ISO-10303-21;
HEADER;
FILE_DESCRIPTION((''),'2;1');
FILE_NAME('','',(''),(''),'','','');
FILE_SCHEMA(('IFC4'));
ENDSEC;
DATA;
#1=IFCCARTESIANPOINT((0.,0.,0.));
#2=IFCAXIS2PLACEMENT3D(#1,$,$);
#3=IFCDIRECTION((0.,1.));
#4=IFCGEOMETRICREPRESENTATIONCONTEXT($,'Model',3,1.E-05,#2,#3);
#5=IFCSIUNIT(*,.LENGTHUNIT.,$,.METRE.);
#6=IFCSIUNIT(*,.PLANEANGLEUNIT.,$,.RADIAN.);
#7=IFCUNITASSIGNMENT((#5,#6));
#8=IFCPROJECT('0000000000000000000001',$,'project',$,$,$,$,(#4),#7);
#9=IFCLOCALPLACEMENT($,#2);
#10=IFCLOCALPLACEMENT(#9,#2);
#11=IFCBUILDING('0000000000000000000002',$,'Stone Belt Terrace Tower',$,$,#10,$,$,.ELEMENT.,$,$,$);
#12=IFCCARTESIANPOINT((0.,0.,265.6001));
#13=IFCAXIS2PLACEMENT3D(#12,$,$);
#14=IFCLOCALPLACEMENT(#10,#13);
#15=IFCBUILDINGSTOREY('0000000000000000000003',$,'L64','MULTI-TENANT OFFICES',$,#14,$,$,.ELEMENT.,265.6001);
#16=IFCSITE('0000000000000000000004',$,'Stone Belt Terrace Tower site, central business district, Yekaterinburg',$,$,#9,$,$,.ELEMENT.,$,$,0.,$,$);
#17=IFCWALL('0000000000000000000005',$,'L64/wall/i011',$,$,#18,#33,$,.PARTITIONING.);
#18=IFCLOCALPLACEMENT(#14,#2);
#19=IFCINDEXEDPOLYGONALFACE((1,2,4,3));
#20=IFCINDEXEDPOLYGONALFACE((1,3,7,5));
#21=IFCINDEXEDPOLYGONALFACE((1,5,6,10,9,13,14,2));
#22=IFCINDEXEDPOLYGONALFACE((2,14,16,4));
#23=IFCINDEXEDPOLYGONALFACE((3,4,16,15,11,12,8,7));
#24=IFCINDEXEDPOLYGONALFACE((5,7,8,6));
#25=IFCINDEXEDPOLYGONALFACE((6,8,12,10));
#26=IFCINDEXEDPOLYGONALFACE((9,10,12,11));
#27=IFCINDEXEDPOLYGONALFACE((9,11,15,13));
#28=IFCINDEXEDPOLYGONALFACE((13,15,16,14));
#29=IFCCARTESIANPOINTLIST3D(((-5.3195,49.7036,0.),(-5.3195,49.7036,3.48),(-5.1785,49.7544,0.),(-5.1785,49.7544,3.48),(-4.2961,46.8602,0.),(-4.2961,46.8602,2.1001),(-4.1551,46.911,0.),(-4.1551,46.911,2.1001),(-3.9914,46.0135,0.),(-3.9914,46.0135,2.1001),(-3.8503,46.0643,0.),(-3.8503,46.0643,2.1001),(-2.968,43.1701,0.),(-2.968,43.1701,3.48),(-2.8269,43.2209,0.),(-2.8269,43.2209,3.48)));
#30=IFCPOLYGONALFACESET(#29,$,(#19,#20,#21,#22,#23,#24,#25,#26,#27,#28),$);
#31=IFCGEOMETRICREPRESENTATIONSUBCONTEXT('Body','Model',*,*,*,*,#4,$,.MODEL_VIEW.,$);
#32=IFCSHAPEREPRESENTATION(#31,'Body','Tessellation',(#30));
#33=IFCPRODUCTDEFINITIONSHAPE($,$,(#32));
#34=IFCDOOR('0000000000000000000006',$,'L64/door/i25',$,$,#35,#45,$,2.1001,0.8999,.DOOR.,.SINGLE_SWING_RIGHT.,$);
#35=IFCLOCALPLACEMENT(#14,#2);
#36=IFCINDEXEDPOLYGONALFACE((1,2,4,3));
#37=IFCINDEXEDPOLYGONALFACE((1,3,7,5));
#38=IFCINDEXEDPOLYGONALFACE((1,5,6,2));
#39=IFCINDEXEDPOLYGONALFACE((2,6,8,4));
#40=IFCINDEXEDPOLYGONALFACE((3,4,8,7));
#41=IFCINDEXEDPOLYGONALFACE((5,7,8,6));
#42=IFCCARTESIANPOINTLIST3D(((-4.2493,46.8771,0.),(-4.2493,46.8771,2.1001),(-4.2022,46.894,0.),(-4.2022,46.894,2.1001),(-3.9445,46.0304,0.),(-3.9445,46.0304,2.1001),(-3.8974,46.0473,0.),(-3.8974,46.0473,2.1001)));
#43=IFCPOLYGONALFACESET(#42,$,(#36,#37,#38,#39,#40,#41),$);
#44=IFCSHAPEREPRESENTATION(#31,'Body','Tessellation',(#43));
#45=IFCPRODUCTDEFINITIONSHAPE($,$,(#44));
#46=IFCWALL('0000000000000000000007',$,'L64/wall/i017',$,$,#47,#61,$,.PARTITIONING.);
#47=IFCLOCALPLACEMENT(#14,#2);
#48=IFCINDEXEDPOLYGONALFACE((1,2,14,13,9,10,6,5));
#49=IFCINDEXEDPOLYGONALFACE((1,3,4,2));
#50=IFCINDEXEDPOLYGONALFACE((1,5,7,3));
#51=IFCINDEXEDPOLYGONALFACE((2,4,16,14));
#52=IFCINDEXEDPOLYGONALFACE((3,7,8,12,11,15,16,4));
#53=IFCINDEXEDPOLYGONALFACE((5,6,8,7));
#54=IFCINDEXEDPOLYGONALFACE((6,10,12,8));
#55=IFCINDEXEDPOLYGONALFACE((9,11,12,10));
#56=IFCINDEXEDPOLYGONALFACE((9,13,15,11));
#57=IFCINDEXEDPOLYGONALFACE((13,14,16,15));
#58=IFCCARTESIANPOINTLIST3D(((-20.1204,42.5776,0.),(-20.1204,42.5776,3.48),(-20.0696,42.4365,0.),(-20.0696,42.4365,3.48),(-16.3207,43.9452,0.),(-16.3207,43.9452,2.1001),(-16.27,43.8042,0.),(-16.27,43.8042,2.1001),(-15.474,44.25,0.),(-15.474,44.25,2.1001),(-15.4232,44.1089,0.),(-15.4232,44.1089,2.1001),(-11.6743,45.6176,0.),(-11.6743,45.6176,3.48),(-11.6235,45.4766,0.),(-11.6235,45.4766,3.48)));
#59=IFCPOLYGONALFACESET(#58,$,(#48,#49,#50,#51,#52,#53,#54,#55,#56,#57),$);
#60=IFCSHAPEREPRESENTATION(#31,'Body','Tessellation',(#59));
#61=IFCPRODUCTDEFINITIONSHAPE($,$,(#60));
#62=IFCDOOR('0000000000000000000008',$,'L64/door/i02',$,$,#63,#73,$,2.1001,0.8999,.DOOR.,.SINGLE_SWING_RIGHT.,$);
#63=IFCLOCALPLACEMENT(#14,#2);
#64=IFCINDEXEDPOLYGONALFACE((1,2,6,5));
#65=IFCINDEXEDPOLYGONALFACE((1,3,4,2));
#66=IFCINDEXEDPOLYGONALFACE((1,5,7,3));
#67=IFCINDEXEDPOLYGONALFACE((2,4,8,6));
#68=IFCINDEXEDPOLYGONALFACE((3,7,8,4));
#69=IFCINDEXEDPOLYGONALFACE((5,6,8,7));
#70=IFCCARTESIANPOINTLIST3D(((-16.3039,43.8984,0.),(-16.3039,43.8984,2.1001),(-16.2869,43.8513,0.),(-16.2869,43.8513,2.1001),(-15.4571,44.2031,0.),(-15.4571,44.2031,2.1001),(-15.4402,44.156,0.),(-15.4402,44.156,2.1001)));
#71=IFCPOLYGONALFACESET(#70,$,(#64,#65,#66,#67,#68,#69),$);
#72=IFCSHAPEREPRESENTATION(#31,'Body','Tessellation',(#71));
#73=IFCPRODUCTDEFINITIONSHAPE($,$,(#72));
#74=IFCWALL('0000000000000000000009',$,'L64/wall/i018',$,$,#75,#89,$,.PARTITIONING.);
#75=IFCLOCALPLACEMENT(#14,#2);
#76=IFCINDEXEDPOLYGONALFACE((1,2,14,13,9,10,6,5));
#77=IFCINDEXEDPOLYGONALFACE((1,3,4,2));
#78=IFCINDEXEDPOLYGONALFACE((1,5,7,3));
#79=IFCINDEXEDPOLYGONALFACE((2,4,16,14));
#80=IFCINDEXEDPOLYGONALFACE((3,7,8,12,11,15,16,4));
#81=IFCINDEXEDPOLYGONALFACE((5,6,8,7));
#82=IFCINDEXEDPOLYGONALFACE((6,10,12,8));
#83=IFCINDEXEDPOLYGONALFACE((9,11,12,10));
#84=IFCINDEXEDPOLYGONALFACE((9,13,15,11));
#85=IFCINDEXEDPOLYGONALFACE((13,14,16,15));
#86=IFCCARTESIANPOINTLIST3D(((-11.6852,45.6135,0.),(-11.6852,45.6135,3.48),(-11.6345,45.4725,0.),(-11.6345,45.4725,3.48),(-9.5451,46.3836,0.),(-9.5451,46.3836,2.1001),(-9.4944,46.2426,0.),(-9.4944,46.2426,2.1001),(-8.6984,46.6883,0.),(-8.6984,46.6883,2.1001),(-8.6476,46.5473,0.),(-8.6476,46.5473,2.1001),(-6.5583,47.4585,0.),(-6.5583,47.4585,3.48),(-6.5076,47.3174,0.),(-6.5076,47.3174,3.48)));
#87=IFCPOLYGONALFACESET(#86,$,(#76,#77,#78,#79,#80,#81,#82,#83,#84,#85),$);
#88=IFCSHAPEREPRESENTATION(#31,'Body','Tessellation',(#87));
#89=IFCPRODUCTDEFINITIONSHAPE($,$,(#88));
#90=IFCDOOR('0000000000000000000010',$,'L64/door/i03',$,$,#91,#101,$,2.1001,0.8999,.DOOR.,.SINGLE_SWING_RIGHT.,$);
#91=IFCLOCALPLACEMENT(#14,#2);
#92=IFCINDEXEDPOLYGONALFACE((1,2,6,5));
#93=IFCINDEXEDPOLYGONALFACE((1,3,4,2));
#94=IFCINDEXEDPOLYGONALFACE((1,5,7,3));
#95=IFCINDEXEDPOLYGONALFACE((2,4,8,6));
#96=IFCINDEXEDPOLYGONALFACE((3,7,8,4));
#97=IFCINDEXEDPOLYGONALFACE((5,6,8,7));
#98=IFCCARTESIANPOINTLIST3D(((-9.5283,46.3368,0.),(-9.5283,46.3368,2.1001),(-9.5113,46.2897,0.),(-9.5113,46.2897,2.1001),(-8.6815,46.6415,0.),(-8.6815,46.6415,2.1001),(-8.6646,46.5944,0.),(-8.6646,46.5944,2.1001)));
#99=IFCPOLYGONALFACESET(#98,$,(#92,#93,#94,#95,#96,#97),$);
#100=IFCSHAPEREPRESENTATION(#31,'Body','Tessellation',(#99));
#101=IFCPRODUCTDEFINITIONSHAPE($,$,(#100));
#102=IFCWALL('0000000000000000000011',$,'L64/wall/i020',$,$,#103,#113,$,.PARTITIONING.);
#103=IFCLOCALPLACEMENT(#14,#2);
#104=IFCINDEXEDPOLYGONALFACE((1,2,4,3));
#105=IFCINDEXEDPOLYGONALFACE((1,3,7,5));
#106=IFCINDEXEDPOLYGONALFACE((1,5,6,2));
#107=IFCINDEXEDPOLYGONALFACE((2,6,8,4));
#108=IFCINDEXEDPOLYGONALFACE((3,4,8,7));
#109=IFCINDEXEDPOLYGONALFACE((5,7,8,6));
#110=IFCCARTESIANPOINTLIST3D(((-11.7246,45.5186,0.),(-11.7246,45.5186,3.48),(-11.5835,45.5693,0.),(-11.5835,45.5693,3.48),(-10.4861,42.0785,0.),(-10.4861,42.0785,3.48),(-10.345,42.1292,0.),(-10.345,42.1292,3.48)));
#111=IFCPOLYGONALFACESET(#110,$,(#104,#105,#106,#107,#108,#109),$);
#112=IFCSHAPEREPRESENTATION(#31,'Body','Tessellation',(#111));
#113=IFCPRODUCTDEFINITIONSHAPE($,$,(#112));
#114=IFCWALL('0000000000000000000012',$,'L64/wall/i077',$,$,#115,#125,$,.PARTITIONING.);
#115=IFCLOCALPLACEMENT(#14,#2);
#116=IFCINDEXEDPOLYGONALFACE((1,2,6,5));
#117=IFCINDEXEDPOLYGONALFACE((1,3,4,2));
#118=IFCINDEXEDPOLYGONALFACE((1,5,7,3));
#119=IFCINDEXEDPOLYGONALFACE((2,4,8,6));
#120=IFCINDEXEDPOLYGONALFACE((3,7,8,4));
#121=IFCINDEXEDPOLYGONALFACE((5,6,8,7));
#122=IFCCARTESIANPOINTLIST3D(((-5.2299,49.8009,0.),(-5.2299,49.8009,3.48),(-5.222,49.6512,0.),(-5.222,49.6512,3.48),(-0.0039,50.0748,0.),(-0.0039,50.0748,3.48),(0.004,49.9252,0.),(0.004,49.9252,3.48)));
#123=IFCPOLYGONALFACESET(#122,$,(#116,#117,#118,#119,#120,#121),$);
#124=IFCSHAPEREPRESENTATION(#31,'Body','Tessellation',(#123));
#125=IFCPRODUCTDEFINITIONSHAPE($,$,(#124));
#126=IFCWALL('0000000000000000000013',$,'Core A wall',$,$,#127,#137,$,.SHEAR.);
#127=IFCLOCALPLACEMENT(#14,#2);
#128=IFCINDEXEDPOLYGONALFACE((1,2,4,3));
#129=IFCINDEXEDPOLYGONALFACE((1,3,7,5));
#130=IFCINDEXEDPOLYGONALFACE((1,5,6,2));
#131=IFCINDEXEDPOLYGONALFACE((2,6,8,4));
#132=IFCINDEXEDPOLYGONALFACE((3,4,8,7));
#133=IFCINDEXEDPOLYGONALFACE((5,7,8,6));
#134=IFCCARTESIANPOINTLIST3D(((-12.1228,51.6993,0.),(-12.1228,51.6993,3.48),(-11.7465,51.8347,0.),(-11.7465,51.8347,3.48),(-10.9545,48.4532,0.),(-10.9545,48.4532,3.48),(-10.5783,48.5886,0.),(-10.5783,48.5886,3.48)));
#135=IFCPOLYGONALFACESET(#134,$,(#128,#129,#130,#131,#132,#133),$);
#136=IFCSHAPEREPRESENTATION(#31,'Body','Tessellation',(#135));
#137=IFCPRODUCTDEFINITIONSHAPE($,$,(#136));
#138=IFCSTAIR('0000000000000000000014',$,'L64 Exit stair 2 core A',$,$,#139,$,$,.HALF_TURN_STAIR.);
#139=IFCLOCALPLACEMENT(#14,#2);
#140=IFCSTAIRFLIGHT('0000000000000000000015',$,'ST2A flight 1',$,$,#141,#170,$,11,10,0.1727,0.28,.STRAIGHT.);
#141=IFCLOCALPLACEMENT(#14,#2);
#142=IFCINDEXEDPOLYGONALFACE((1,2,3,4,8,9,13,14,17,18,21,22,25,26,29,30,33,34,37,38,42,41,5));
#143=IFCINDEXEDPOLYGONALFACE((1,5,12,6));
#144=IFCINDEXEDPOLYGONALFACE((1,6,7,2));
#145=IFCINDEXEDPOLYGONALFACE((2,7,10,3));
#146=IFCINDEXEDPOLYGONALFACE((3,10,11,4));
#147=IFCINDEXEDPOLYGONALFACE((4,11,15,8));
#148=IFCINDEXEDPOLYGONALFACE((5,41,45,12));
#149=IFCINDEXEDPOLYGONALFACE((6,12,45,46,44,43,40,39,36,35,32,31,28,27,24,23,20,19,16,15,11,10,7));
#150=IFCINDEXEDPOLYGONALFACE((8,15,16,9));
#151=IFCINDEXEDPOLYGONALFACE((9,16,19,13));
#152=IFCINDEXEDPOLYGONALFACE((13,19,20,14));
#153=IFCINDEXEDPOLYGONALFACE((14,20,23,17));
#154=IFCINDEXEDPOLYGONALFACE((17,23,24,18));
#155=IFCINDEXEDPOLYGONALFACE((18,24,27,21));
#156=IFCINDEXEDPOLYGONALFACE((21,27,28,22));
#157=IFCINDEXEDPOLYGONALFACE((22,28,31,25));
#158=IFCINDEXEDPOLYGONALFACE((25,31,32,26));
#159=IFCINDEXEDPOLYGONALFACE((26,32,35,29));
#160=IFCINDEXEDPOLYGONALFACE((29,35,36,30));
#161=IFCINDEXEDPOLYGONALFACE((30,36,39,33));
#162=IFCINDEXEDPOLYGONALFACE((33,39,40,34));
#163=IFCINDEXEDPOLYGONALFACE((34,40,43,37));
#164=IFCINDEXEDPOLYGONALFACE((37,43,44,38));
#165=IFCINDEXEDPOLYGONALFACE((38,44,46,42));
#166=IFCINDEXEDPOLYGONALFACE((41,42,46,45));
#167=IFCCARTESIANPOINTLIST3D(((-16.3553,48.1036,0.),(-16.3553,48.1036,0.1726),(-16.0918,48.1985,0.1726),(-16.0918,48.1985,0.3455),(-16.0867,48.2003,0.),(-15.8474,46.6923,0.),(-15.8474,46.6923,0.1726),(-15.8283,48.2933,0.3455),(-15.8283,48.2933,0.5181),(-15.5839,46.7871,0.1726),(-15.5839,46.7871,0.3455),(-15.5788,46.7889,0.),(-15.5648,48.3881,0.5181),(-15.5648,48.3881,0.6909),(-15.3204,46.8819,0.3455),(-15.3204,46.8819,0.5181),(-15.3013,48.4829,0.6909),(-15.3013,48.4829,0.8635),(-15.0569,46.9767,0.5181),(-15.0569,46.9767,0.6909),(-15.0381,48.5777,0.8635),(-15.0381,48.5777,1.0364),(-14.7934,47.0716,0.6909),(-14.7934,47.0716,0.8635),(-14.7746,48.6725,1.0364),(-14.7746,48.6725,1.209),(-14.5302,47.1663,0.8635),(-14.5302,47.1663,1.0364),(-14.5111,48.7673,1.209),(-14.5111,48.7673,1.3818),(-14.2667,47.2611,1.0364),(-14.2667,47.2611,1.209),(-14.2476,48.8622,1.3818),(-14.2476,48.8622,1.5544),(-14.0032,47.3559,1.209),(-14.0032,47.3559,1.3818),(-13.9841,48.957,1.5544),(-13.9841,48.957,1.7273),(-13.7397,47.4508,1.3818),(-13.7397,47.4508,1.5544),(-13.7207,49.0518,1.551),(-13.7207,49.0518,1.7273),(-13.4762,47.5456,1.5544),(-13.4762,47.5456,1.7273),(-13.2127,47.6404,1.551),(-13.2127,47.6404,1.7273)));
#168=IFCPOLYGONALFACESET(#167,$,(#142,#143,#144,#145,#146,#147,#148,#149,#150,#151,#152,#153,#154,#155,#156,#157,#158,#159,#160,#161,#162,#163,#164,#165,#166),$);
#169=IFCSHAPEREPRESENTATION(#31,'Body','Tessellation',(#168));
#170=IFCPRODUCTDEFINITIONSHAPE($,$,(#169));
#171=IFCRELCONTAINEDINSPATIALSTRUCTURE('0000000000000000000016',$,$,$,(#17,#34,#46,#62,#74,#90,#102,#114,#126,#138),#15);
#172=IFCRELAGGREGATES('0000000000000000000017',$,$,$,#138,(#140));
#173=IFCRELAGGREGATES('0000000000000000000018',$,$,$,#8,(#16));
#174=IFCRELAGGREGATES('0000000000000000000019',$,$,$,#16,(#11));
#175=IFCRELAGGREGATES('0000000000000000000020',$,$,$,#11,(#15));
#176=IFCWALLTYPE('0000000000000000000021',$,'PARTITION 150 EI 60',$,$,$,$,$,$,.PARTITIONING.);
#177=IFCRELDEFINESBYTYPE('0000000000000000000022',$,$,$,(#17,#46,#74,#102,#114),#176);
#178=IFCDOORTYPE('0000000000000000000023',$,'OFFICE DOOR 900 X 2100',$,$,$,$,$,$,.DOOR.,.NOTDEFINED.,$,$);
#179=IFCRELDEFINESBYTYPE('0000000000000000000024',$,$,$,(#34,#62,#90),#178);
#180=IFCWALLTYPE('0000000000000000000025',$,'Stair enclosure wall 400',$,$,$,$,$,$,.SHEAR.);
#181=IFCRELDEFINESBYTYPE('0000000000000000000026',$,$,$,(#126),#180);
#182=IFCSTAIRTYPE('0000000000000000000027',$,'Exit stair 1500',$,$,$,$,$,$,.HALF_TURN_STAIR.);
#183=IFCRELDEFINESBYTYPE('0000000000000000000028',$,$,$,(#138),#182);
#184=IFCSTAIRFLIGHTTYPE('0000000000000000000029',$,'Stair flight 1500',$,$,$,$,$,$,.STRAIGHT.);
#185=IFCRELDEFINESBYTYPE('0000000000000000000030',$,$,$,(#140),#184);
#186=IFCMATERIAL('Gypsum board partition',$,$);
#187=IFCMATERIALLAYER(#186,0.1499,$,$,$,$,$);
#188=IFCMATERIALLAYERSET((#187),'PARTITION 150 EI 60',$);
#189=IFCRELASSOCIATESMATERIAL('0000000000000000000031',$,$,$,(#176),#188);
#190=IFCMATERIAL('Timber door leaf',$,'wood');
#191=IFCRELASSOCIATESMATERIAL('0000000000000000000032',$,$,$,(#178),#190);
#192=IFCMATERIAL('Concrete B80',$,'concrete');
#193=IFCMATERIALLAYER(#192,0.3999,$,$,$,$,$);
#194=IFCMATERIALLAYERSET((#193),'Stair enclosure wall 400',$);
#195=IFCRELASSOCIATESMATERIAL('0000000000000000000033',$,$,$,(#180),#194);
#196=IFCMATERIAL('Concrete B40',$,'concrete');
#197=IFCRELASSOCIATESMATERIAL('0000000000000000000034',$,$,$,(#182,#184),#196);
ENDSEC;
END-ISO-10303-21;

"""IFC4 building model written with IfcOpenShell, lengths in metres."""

from ifc_helpers import new_model, si_unit, direction, frame, frame_2d, origin, place, context, subcontext, project, spatial, polyline, rectangle, outline, extrude, material, layer, layer_set, type_object, element, fill, aggregate, save


model = new_model("IFC4")

# Units and contexts
model_context = context("Model", 3, precision=1e-05, world=origin(), true_north=direction((0.0, 1.0)))
body_context = subcontext(model_context, "Body", "Model", "MODEL_VIEW")
ifc_project = project(units=[si_unit("LENGTHUNIT", "METRE"), si_unit("PLANEANGLEUNIT", "RADIAN")], contexts=[model_context])

# Site, building, storey
site_placement = place(None, origin())
site = spatial("IfcSite", under=ifc_project, at=site_placement, Name="Stone Belt Terrace Tower site, central business district, Yekaterinburg", CompositionType="ELEMENT", RefElevation=0.0)
building_placement = place(site_placement, origin())
building = spatial("IfcBuilding", under=site, at=building_placement, Name="Stone Belt Terrace Tower", CompositionType="ELEMENT")
storey_placement = place(building_placement, frame((0.0, 0.0, 265.6001)))
storey = spatial("IfcBuildingStorey", under=building, at=storey_placement, Name="L64", Description="MULTI-TENANT OFFICES", CompositionType="ELEMENT", Elevation=265.6001)

# Shared definitions
ifc_material_1 = material(Name="Timber door leaf", Category="wood")

# Shared definitions
ifc_material_2 = material(Name="Gypsum board partition")
ifc_layer_1 = layer(ifc_material_2, 0.1499)
ifc_layer_set_1 = layer_set([ifc_layer_1], Name="PARTITION 150 EI 60")
wall_type_1 = type_object("IfcWallType", Name="PARTITION 150 EI 60", PredefinedType="PARTITIONING", material=ifc_layer_set_1)

# Walls, openings, doors
wall_1_placement = place(storey_placement, frame((-5.249, 49.729, 0.0), z_axis=(0.0, 0.0, 1.0), x_axis=(0.338658, -0.940909, 0.0)))
wall_1 = element("IfcWall", 1, at=wall_1_placement, inside=storey, type_object=wall_type_1, Name="L64/wall/i011", PredefinedType="PARTITIONING", context=body_context, shape_type="SweptSolid", body=[
    extrude(rectangle(XDim=6.9438, YDim=0.1499, at=frame_2d((3.4719, 0.0))), origin(), (0.0, 0.0, 1.0), 3.48),
])
opening_1_placement = place(wall_1_placement, frame((3.022, 0.0, 0.0)))
opening_1 = element("IfcOpeningElement", 2, at=opening_1_placement, cuts=wall_1, PredefinedType="OPENING", context=body_context, shape_type="SweptSolid", body=[
    extrude(rectangle(XDim=0.8999, YDim=2.1001, at=frame_2d((0.45, 1.05))), frame((0.0, 0.085, 0.0), z_axis=(0.0, -1.0, 0.0), x_axis=(1.0, 0.0, 0.0)), (0.0, 0.0, 1.0), 0.1699),
])
door_type_1 = type_object("IfcDoorType", Name="OFFICE DOOR 900 X 2100", OperationType="NOTDEFINED", PredefinedType="DOOR", material=ifc_material_1)
door_1_placement = place(opening_1_placement, origin())
door_1 = element("IfcDoor", 3, at=door_1_placement, inside=storey, type_object=door_type_1, Name="L64/door/i25", OperationType="SINGLE_SWING_RIGHT", OverallHeight=2.1001, OverallWidth=0.8999, PredefinedType="DOOR", context=body_context, shape_type="SweptSolid", body=[
    extrude(rectangle(XDim=0.8999, YDim=2.1001, at=frame_2d((0.45, 1.05))), frame((0.0, 0.0249, 0.0), z_axis=(0.0, -1.0, 0.0), x_axis=(1.0, 0.0, 0.0)), (0.0, 0.0, 1.0), 0.05),
])
fill(opening_1, door_1)
wall_2_placement = place(storey_placement, frame((-11.6489, 45.5471, 0.0), z_axis=(0.0, 0.0, 1.0), x_axis=(-0.940906, -0.338666, 0.0)))
wall_2 = element("IfcWall", 4, at=wall_2_placement, inside=storey, type_object=wall_type_1, Name="L64/wall/i017", PredefinedType="PARTITIONING", context=body_context, shape_type="SweptSolid", body=[
    extrude(rectangle(XDim=8.9766, YDim=0.1499, at=frame_2d((4.4883, 0.0))), origin(), (0.0, 0.0, 1.0), 3.48),
])
opening_2_placement = place(wall_2_placement, frame((4.0383, 0.0, 0.0)))
opening_2 = element("IfcOpeningElement", 5, at=opening_2_placement, cuts=wall_2, PredefinedType="OPENING", context=body_context, shape_type="SweptSolid", body=[
    extrude(rectangle(XDim=0.8999, YDim=2.1001, at=frame_2d((0.45, 1.05))), frame((0.0, 0.085, 0.0), z_axis=(0.0, -1.0, 0.0), x_axis=(1.0, 0.0, 0.0)), (0.0, 0.0, 1.0), 0.1699),
])
door_2_placement = place(opening_2_placement, origin())
door_2 = element("IfcDoor", 6, at=door_2_placement, inside=storey, type_object=door_type_1, Name="L64/door/i02", OperationType="SINGLE_SWING_RIGHT", OverallHeight=2.1001, OverallWidth=0.8999, PredefinedType="DOOR", context=body_context, shape_type="SweptSolid", body=[
    extrude(rectangle(XDim=0.8999, YDim=2.1001, at=frame_2d((0.45, 1.05))), frame((0.0, 0.0249, 0.0), z_axis=(0.0, -1.0, 0.0), x_axis=(1.0, 0.0, 0.0)), (0.0, 0.0, 1.0), 0.05),
])
fill(opening_2, door_2)
wall_3_placement = place(storey_placement, frame((-6.533, 47.3879, 0.0), z_axis=(0.0, 0.0, 1.0), x_axis=(-0.94093, -0.3386, 0.0)))
wall_3 = element("IfcWall", 7, at=wall_3_placement, inside=storey, type_object=wall_type_1, Name="L64/wall/i018", PredefinedType="PARTITIONING", context=body_context, shape_type="SweptSolid", body=[
    extrude(rectangle(XDim=5.4487, YDim=0.1499, at=frame_2d((2.7244, 0.0))), origin(), (0.0, 0.0, 1.0), 3.48),
])
opening_3_placement = place(wall_3_placement, frame((2.2744, 0.0, 0.0)))
opening_3 = element("IfcOpeningElement", 8, at=opening_3_placement, cuts=wall_3, PredefinedType="OPENING", context=body_context, shape_type="SweptSolid", body=[
    extrude(rectangle(XDim=0.8999, YDim=2.1001, at=frame_2d((0.45, 1.05))), frame((0.0, 0.085, 0.0), z_axis=(0.0, -1.0, 0.0), x_axis=(1.0, 0.0, 0.0)), (0.0, 0.0, 1.0), 0.1699),
])
door_3_placement = place(opening_3_placement, origin())
door_3 = element("IfcDoor", 9, at=door_3_placement, inside=storey, type_object=door_type_1, Name="L64/door/i03", OperationType="SINGLE_SWING_RIGHT", OverallHeight=2.1001, OverallWidth=0.8999, PredefinedType="DOOR", context=body_context, shape_type="SweptSolid", body=[
    extrude(rectangle(XDim=0.8999, YDim=2.1001, at=frame_2d((0.45, 1.05))), frame((0.0, 0.0249, 0.0), z_axis=(0.0, -1.0, 0.0), x_axis=(1.0, 0.0, 0.0)), (0.0, 0.0, 1.0), 0.05),
])
fill(opening_3, door_3)

# Walls
wall_4_placement = place(storey_placement, frame((-11.6541, 45.5439, 0.0), z_axis=(0.0, 0.0, 1.0), x_axis=(0.338734, -0.940882, 0.0)))
element("IfcWall", 10, at=wall_4_placement, inside=storey, type_object=wall_type_1, Name="L64/wall/i020", PredefinedType="PARTITIONING", context=body_context, shape_type="SweptSolid", body=[
    extrude(rectangle(XDim=3.6562, YDim=0.1499, at=frame_2d((1.8281, 0.0))), origin(), (0.0, 0.0, 1.0), 3.48),
])
wall_5_placement = place(storey_placement, frame((-5.2261, 49.7261, 0.0), z_axis=(0.0, 0.0, 1.0), x_axis=(0.998629, 0.052343, 0.0)))
element("IfcWall", 11, at=wall_5_placement, inside=storey, type_object=wall_type_1, Name="L64/wall/i077", PredefinedType="PARTITIONING", context=body_context, shape_type="SweptSolid", body=[
    extrude(rectangle(XDim=5.2332, YDim=0.1499, at=frame_2d((2.6167, 0.0))), origin(), (0.0, 0.0, 1.0), 3.48),
])
ifc_material_3 = material(Name="Concrete B80", Category="concrete")
ifc_layer_2 = layer(ifc_material_3, 0.3999)
ifc_layer_set_2 = layer_set([ifc_layer_2], Name="Stair enclosure wall 400")
wall_type_2 = type_object("IfcWallType", Name="Stair enclosure wall 400", PredefinedType="SHEAR", material=ifc_layer_set_2)
wall_6_placement = place(storey_placement, frame((-10.7664, 48.5208, 0.0), z_axis=(0.0, 0.0, 1.0), x_axis=(-0.338622, 0.940923, 0.0)))
element("IfcWall", 12, at=wall_6_placement, inside=storey, type_object=wall_type_2, Name="Core A wall", PredefinedType="SHEAR", context=body_context, shape_type="SweptSolid", body=[
    extrude(rectangle(XDim=3.45, YDim=0.3999, at=frame_2d((1.7251, 0.0))), origin(), (0.0, 0.0, 1.0), 3.48),
])

# Stair, stair flight
ifc_material_4 = material(Name="Concrete B40", Category="concrete")
stair_type = type_object("IfcStairType", Name="Exit stair 1500", PredefinedType="HALF_TURN_STAIR", material=ifc_material_4)
stair_placement = place(storey_placement, origin())
stair = element("IfcStair", 13, at=stair_placement, inside=storey, type_object=stair_type, Name="L64 Exit stair 2 core A", PredefinedType="HALF_TURN_STAIR")
stair_flight_type = type_object("IfcStairFlightType", Name="Stair flight 1500", PredefinedType="STRAIGHT", material=ifc_material_4)
stair_flight_1_placement = place(storey_placement, frame((-16.1013, 47.3979, 0.0), z_axis=(0.0, 0.0, 1.0), x_axis=(0.940922, 0.338624, 0.0)))
stair_flight_1 = element("IfcStairFlight", 14, at=stair_flight_1_placement, type_object=stair_flight_type, Name="ST2A flight 1", NumberOfRisers=11, NumberOfTreads=10, PredefinedType="STRAIGHT", RiserHeight=0.1727, TreadLength=0.28, context=body_context, shape_type="SweptSolid", body=[
    extrude(outline(polyline([(0.0, 0.0), (0.0, 0.1726), (0.28, 0.1726), (0.28, 0.3455), (0.5601, 0.3455), (0.5601, 0.5181), (0.8401, 0.5181), (0.8401, 0.6909), (1.1201, 0.6909), (1.1201, 0.8635), (1.3999, 0.8635), (1.3999, 1.0364), (1.6799, 1.0364), (1.6799, 1.209), (1.96, 1.209), (1.96, 1.3818), (2.24, 1.3818), (2.24, 1.5544), (2.52, 1.5544), (2.52, 1.7273), (2.8, 1.7273), (2.8, 1.8999), (2.8, 1.551), (0.2854, 0.0), (0.0, 0.0)])), frame((0.0, 0.75, 0.0), z_axis=(0.0, -1.0, 0.0), x_axis=(1.0, 0.0, 0.0)), (0.0, 0.0, 1.0), 1.5),
])
aggregate(stair, [stair_flight_1])

save(model, "model.ifc")
